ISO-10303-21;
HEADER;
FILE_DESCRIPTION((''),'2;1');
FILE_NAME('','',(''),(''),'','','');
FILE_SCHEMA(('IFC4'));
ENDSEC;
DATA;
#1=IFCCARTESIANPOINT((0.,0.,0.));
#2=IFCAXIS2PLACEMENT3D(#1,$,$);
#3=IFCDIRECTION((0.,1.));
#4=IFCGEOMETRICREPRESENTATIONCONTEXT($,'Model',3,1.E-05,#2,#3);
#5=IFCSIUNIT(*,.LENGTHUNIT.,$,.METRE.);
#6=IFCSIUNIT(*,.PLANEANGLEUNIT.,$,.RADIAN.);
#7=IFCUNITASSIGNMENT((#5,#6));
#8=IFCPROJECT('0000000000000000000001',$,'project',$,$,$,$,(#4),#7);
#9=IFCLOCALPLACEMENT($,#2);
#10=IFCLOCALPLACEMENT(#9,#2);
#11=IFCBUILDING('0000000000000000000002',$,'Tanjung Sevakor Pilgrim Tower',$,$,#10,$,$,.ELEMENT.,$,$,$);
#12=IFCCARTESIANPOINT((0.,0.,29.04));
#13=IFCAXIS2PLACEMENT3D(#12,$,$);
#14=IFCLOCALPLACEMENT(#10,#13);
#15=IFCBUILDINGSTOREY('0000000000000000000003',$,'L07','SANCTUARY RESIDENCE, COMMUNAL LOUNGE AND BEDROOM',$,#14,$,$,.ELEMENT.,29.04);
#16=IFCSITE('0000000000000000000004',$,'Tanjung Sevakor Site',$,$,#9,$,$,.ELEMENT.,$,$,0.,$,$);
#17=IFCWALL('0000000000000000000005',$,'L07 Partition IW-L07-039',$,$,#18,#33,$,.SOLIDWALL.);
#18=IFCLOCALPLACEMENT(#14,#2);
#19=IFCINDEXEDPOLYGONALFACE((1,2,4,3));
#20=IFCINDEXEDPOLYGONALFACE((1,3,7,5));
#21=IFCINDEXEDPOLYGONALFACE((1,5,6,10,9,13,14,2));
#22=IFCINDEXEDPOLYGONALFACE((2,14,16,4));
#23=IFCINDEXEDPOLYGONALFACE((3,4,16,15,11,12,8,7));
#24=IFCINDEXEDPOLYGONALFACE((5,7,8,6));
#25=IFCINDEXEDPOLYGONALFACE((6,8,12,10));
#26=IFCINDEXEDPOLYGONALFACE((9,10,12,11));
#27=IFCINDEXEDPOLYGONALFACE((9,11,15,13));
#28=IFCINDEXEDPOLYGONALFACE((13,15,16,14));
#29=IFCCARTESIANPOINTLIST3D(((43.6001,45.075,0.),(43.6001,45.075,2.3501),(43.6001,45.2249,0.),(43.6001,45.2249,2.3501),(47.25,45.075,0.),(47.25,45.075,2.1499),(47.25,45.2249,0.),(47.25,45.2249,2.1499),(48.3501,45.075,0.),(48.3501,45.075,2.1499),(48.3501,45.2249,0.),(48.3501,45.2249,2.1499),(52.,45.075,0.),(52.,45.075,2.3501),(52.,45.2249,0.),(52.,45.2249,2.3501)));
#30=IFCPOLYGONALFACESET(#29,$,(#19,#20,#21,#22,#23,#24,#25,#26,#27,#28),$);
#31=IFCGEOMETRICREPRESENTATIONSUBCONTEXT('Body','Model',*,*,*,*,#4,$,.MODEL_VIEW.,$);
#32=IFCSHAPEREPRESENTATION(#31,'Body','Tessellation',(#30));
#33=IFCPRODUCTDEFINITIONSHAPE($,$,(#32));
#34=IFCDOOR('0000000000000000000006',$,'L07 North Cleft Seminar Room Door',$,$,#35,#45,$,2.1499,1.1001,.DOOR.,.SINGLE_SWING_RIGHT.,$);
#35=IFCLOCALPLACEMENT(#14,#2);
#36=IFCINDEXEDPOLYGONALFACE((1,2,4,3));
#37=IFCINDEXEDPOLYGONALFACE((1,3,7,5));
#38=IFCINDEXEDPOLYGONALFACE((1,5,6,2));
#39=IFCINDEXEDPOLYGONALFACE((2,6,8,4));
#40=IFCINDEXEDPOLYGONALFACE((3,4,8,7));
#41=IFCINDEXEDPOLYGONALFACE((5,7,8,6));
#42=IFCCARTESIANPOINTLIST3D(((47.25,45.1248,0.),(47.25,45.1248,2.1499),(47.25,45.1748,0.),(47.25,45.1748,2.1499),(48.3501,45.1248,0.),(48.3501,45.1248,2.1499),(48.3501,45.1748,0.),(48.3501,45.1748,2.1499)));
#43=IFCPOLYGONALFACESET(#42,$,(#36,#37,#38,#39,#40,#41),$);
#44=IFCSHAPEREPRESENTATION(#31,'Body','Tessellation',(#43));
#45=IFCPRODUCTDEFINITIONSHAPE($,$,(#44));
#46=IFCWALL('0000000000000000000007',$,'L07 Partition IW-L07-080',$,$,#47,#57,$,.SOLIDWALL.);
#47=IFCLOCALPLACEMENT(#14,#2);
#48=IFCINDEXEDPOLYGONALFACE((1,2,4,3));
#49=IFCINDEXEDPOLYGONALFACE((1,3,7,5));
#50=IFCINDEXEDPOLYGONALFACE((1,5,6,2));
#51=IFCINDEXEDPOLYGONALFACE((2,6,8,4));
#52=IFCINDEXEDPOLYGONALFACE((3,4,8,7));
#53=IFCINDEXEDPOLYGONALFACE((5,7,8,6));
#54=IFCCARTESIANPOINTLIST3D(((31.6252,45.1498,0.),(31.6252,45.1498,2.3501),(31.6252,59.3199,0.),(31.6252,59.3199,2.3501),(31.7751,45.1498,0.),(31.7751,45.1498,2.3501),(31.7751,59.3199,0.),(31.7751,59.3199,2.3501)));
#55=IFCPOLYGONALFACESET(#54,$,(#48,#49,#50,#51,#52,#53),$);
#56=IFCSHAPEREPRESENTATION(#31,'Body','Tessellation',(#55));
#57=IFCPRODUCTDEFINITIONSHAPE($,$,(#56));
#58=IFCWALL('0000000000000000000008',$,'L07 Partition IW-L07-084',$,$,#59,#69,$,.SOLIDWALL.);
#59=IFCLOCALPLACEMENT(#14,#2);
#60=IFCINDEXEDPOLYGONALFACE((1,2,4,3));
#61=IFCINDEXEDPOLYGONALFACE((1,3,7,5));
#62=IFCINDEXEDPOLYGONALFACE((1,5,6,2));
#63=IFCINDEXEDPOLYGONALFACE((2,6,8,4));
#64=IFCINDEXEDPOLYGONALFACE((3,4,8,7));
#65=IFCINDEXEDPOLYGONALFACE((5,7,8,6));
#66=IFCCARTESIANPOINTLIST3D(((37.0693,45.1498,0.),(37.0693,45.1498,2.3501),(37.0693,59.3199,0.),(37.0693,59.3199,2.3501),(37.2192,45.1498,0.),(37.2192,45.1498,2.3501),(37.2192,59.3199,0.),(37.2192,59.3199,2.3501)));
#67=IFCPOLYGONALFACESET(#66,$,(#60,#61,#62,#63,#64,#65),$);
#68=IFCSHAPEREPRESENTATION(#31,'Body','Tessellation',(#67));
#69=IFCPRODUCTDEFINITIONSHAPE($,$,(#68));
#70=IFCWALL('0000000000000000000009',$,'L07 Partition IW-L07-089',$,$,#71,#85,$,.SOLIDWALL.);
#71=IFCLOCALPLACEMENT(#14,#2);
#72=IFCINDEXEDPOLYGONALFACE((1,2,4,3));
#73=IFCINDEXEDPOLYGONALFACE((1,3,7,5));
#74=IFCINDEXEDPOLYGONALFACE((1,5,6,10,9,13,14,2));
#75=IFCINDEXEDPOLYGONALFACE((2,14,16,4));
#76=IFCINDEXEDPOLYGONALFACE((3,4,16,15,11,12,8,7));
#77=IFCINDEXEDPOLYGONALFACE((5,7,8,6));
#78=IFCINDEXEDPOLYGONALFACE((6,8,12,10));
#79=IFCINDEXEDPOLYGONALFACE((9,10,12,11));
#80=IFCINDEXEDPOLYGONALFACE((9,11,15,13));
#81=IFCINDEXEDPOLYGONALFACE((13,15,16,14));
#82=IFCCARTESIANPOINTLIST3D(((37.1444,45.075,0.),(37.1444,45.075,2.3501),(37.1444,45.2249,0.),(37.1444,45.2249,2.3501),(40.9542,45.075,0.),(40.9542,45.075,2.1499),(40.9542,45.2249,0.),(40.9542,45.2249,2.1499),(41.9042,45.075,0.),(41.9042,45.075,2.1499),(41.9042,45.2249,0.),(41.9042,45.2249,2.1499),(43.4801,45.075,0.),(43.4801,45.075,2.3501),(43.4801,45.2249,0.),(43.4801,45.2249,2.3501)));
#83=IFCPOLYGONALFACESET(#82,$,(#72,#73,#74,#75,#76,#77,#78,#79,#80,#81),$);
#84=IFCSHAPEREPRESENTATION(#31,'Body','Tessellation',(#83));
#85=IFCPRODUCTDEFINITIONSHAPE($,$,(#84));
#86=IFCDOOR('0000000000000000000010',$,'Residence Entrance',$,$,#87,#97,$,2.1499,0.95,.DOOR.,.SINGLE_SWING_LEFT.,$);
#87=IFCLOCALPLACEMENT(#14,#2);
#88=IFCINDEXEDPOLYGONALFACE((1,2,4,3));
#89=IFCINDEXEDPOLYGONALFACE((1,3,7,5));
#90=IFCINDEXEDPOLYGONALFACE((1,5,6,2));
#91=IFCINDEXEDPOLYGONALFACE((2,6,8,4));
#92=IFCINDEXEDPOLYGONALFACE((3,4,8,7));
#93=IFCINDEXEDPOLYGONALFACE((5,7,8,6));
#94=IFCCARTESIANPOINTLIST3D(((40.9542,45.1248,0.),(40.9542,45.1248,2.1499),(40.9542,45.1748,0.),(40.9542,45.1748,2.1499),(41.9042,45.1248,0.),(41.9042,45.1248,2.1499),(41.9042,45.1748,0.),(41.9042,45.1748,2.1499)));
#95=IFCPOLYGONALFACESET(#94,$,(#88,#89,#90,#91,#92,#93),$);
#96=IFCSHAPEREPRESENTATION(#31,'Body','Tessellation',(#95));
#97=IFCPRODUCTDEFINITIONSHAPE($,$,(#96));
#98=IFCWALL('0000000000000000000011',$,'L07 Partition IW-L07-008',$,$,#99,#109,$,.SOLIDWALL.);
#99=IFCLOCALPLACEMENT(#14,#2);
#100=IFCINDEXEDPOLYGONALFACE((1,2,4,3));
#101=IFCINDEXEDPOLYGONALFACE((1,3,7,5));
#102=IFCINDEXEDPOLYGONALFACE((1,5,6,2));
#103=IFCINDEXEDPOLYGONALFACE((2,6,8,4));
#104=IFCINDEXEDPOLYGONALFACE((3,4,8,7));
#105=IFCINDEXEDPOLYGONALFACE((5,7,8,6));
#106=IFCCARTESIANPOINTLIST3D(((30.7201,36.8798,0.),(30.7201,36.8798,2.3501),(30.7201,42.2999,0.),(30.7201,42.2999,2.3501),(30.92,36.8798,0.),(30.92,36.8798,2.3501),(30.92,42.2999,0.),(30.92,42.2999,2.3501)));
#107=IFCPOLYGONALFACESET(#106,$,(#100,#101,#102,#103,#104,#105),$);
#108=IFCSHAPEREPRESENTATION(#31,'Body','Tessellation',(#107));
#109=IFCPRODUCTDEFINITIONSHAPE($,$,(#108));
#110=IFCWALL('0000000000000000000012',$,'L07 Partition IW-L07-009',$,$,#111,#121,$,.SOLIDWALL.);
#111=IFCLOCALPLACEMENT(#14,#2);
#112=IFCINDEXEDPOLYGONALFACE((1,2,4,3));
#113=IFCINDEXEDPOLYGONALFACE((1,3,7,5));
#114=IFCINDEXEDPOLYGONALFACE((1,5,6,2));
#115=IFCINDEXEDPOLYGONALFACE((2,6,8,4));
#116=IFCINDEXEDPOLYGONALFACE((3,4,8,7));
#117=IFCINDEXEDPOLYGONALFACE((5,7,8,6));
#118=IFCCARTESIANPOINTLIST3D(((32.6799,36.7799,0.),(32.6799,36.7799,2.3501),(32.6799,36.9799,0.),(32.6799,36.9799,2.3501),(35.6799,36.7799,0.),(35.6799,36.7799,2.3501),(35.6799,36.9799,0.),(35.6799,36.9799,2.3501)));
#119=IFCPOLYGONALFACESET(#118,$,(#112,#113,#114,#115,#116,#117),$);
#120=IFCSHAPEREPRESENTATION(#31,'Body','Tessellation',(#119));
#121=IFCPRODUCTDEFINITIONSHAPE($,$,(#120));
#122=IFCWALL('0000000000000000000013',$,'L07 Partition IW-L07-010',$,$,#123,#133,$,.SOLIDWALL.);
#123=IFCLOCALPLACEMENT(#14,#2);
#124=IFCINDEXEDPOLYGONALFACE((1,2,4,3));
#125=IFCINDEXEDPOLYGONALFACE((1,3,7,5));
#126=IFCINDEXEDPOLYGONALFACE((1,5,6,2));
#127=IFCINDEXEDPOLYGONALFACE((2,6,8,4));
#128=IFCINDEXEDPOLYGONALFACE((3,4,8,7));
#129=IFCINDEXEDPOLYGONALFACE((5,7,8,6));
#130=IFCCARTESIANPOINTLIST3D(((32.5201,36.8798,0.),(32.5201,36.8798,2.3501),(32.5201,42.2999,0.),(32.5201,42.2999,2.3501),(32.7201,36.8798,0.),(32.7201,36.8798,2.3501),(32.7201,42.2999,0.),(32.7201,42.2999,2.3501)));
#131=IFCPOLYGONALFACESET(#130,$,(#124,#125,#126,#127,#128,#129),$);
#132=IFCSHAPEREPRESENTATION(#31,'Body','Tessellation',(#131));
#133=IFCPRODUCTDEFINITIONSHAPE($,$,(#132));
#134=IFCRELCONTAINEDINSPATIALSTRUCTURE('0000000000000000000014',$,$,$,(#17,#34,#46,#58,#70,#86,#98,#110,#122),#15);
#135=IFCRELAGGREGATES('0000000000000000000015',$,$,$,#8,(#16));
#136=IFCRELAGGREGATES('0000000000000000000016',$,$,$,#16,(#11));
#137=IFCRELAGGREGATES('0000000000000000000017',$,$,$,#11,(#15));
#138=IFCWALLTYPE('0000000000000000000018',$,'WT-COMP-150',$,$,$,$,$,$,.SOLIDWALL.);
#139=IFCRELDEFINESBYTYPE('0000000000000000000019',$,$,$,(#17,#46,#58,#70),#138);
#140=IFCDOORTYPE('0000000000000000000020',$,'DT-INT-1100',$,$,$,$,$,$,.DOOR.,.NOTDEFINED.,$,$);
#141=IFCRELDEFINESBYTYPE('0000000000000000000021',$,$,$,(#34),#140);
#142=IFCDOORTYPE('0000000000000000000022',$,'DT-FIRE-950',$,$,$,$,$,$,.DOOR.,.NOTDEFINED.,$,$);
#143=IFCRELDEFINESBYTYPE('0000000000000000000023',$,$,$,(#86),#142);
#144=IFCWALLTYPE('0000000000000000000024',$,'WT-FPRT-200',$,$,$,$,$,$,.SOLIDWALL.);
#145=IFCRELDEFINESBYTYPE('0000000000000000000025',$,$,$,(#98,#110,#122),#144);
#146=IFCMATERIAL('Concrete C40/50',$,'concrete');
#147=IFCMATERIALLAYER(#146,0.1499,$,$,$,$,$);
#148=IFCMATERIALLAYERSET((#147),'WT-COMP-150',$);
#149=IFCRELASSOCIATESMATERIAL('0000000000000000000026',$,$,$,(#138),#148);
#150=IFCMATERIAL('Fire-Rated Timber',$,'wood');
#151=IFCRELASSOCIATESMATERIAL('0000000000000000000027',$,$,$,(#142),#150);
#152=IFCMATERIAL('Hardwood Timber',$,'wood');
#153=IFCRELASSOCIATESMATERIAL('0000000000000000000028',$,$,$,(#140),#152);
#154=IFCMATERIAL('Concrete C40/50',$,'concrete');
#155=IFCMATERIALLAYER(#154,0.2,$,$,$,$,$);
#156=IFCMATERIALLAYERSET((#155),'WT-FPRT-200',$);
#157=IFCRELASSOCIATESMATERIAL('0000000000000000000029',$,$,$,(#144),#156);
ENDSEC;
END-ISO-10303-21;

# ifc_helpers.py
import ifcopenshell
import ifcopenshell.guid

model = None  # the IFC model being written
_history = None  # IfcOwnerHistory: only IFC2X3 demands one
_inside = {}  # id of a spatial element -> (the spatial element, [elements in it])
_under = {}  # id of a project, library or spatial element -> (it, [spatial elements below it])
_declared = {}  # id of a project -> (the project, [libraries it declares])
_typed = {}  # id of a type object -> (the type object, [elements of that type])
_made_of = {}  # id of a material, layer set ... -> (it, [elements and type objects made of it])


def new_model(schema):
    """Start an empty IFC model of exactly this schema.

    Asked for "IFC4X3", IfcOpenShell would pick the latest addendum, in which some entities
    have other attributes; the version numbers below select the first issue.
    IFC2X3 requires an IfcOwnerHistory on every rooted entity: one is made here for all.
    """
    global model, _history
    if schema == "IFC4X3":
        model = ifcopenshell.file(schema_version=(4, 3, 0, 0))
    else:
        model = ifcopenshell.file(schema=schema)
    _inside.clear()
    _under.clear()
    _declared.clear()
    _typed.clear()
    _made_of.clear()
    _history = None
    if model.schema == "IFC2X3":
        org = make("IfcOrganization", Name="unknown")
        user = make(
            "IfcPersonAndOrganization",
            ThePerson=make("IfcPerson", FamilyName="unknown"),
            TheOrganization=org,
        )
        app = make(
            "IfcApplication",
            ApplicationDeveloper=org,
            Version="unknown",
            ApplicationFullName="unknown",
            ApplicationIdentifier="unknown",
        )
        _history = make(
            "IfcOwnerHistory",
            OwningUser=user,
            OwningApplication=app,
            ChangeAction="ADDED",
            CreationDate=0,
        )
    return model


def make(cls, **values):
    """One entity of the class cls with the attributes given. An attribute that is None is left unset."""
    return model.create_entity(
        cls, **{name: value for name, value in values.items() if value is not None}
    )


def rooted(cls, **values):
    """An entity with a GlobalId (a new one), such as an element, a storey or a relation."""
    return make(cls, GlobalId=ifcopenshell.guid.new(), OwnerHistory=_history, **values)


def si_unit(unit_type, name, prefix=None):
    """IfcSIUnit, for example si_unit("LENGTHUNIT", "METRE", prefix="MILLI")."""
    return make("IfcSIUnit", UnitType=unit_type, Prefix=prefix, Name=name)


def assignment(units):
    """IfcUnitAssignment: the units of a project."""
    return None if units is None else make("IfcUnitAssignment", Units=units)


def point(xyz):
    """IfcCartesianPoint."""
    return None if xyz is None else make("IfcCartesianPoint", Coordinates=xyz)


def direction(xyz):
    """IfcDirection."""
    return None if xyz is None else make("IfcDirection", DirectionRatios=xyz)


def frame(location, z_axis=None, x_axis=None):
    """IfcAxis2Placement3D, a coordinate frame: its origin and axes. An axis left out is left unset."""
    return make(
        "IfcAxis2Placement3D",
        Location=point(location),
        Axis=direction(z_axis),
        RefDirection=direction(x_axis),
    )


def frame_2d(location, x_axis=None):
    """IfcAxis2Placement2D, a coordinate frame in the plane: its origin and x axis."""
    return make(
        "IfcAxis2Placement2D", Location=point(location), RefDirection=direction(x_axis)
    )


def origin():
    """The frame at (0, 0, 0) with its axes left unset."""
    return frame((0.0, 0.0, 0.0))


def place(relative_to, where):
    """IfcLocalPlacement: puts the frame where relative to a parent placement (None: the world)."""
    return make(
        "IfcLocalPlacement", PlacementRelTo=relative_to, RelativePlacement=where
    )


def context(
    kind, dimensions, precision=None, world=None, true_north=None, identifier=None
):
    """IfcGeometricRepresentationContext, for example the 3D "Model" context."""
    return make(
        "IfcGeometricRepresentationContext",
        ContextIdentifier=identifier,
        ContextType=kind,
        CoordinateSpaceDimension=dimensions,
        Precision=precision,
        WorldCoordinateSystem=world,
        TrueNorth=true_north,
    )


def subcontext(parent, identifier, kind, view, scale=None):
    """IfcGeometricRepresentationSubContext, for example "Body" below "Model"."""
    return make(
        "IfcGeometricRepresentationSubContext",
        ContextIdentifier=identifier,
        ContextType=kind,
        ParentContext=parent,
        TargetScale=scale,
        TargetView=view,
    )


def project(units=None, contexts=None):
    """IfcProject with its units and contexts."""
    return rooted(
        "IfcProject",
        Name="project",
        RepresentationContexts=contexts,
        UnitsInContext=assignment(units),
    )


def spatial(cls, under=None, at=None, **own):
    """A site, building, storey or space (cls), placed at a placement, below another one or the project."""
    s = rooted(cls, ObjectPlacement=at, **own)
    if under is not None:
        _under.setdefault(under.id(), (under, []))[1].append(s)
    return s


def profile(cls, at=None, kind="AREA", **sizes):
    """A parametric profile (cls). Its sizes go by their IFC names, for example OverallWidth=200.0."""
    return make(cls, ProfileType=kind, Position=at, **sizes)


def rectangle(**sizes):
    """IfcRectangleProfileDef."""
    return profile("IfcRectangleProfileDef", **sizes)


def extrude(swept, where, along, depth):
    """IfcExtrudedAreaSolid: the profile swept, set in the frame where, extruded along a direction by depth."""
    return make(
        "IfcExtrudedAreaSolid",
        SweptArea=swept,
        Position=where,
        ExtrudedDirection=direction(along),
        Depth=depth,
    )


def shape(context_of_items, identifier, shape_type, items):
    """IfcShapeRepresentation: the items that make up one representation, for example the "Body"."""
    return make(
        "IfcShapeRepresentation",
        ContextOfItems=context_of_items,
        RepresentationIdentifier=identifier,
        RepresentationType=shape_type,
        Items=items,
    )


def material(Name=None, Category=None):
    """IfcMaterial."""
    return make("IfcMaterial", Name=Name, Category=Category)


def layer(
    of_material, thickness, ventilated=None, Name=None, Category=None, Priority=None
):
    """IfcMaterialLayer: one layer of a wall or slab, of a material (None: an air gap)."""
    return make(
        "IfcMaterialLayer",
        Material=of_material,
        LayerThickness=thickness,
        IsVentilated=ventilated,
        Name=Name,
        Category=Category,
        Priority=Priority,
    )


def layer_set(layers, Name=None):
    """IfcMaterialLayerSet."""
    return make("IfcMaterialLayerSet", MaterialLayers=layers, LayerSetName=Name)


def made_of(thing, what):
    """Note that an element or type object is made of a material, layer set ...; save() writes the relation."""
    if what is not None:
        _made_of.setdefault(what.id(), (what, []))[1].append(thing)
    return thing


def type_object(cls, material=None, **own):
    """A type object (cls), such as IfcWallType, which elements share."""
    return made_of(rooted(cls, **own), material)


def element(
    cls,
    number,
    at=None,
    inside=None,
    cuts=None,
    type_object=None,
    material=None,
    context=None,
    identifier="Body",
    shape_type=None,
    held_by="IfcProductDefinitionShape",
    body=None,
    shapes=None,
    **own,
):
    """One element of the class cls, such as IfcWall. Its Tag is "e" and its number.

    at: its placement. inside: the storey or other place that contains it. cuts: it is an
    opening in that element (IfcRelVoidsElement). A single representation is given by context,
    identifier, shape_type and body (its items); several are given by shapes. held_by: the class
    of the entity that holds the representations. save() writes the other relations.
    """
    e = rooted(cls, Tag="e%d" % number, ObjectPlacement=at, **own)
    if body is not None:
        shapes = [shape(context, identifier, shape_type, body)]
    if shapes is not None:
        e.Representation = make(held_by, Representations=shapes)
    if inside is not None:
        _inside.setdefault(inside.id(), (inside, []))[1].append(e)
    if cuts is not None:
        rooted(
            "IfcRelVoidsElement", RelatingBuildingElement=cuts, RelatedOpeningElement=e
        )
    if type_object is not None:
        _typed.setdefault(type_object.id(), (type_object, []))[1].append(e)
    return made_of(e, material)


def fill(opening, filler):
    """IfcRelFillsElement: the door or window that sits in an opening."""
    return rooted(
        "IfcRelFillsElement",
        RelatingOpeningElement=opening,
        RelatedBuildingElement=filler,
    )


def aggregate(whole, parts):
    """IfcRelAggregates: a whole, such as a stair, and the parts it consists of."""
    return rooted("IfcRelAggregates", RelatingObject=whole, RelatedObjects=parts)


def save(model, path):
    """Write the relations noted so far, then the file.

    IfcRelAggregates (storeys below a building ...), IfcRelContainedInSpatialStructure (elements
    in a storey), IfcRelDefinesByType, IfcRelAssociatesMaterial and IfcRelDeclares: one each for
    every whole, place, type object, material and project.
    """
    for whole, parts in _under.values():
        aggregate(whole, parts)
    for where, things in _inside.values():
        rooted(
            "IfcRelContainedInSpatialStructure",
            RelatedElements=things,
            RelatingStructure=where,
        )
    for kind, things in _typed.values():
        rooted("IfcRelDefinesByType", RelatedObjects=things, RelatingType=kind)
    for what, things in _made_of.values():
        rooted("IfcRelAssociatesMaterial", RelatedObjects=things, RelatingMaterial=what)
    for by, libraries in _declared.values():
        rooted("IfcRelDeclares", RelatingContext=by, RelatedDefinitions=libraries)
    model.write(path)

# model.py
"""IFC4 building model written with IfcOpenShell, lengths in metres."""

from ifc_helpers import new_model, si_unit, direction, frame, frame_2d, origin, place, context, subcontext, project, spatial, rectangle, extrude, material, layer, layer_set, type_object, element, fill, save


model = new_model("IFC4")

# Units and contexts
model_context = context("Model", 3, precision=1e-05, world=origin(), true_north=direction((0.0, 1.0)))
body_context = subcontext(model_context, "Body", "Model", "MODEL_VIEW")
ifc_project = project(units=[si_unit("LENGTHUNIT", "METRE"), si_unit("PLANEANGLEUNIT", "RADIAN")], contexts=[model_context])

# Site, building, storey
site_placement = place(None, origin())
site = spatial("IfcSite", under=ifc_project, at=site_placement, Name="Tanjung Sevakor Site", CompositionType="ELEMENT", RefElevation=0.0)
building_placement = place(site_placement, origin())
building = spatial("IfcBuilding", under=site, at=building_placement, Name="Tanjung Sevakor Pilgrim Tower", CompositionType="ELEMENT")
storey_placement = place(building_placement, frame((0.0, 0.0, 29.04)))
storey = spatial("IfcBuildingStorey", under=building, at=storey_placement, Name="L07", Description="SANCTUARY RESIDENCE, COMMUNAL LOUNGE AND BEDROOM", CompositionType="ELEMENT", Elevation=29.04)

# Shared definitions
ifc_material_1 = material(Name="Concrete C40/50", Category="concrete")
ifc_layer_1 = layer(ifc_material_1, 0.1499)
ifc_layer_set_1 = layer_set([ifc_layer_1], Name="WT-COMP-150")
wall_type_1 = type_object("IfcWallType", Name="WT-COMP-150", PredefinedType="SOLIDWALL", material=ifc_layer_set_1)

# Shared definitions
ifc_material_2 = material(Name="Fire-Rated Timber", Category="wood")
door_type_1 = type_object("IfcDoorType", Name="DT-FIRE-950", OperationType="NOTDEFINED", PredefinedType="DOOR", material=ifc_material_2)

# Wall, opening, door
wall_1_placement = place(storey_placement, frame((43.6001, 45.1499, 0.0), z_axis=(0.0, 0.0, 1.0), x_axis=(1.0, 0.0, 0.0)))
wall_1 = element("IfcWall", 1, at=wall_1_placement, inside=storey, type_object=wall_type_1, Name="L07 Partition IW-L07-039", PredefinedType="SOLIDWALL", context=body_context, shape_type="SweptSolid", body=[
    extrude(rectangle(XDim=8.3999, YDim=0.1499, at=frame_2d((4.2, 0.0))), origin(), (0.0, 0.0, 1.0), 2.3501),
])
opening_1_placement = place(wall_1_placement, frame((3.6499, 0.0, 0.0)))
opening_1 = element("IfcOpeningElement", 2, at=opening_1_placement, cuts=wall_1, PredefinedType="OPENING", context=body_context, shape_type="SweptSolid", body=[
    extrude(rectangle(XDim=1.1001, YDim=2.1499, at=frame_2d((0.55, 1.075))), frame((0.0, 0.085, 0.0), z_axis=(0.0, -1.0, 0.0), x_axis=(1.0, 0.0, 0.0)), (0.0, 0.0, 1.0), 0.1699),
])
ifc_material_3 = material(Name="Hardwood Timber", Category="wood")
door_type_2 = type_object("IfcDoorType", Name="DT-INT-1100", OperationType="NOTDEFINED", PredefinedType="DOOR", material=ifc_material_3)
door_1_placement = place(opening_1_placement, origin())
door_1 = element("IfcDoor", 3, at=door_1_placement, inside=storey, type_object=door_type_2, Name="L07 North Cleft Seminar Room Door", OperationType="SINGLE_SWING_RIGHT", OverallHeight=2.1499, OverallWidth=1.1001, PredefinedType="DOOR", context=body_context, shape_type="SweptSolid", body=[
    extrude(rectangle(XDim=1.1001, YDim=2.1499, at=frame_2d((0.55, 1.075))), frame((0.0, 0.0249, 0.0), z_axis=(0.0, -1.0, 0.0), x_axis=(1.0, 0.0, 0.0)), (0.0, 0.0, 1.0), 0.05),
])
fill(opening_1, door_1)

# Walls
for number, where, z_axis, x_axis, name in (
    (4, (31.7002, 45.1499, 0.0), (0.0, 0.0, 1.0), (0.0, 1.0, 0.0), "L07 Partition IW-L07-080"),
    (5, (37.1443, 45.1499, 0.0), (0.0, 0.0, 1.0), (0.0, 1.0, 0.0), "L07 Partition IW-L07-084"),
):
    element("IfcWall", number, at=place(storey_placement, frame(where, z_axis=z_axis, x_axis=x_axis)), inside=storey, type_object=wall_type_1, Name=name, PredefinedType="SOLIDWALL", context=body_context, shape_type="SweptSolid", body=[
        extrude(rectangle(XDim=14.1702, YDim=0.1499, at=frame_2d((7.085, 0.0))), origin(), (0.0, 0.0, 1.0), 2.3501),
    ])

# Wall, opening, door
wall_2_placement = place(storey_placement, frame((37.1443, 45.1499, 0.0), z_axis=(0.0, 0.0, 1.0), x_axis=(1.0, 0.0, 0.0)))
wall_2 = element("IfcWall", 6, at=wall_2_placement, inside=storey, type_object=wall_type_1, Name="L07 Partition IW-L07-089", PredefinedType="SOLIDWALL", context=body_context, shape_type="SweptSolid", body=[
    extrude(rectangle(XDim=6.3357, YDim=0.1499, at=frame_2d((3.168, 0.0))), origin(), (0.0, 0.0, 1.0), 2.3501),
])
opening_2_placement = place(wall_2_placement, frame((3.8098, 0.0, 0.0)))
opening_2 = element("IfcOpeningElement", 7, at=opening_2_placement, cuts=wall_2, PredefinedType="OPENING", context=body_context, shape_type="SweptSolid", body=[
    extrude(rectangle(XDim=0.95, YDim=2.1499, at=frame_2d((0.4751, 1.075))), frame((0.0, 0.085, 0.0), z_axis=(0.0, -1.0, 0.0), x_axis=(1.0, 0.0, 0.0)), (0.0, 0.0, 1.0), 0.1699),
])
door_2_placement = place(opening_2_placement, origin())
door_2 = element("IfcDoor", 8, at=door_2_placement, inside=storey, type_object=door_type_1, Name="Residence Entrance", OperationType="SINGLE_SWING_LEFT", OverallHeight=2.1499, OverallWidth=0.95, PredefinedType="DOOR", context=body_context, shape_type="SweptSolid", body=[
    extrude(rectangle(XDim=0.95, YDim=2.1499, at=frame_2d((0.4751, 1.075))), frame((0.0, 0.0249, 0.0), z_axis=(0.0, -1.0, 0.0), x_axis=(1.0, 0.0, 0.0)), (0.0, 0.0, 1.0), 0.05),
])
fill(opening_2, door_2)

# Walls
ifc_material_4 = material(Name="Concrete C40/50", Category="concrete")
ifc_layer_2 = layer(ifc_material_4, 0.2)
ifc_layer_set_2 = layer_set([ifc_layer_2], Name="WT-FPRT-200")
wall_type_2 = type_object("IfcWallType", Name="WT-FPRT-200", PredefinedType="SOLIDWALL", material=ifc_layer_set_2)
wall_3_placement = place(storey_placement, frame((30.8201, 36.8799, 0.0), z_axis=(0.0, 0.0, 1.0), x_axis=(0.0, 1.0, 0.0)))
element("IfcWall", 9, at=wall_3_placement, inside=storey, type_object=wall_type_2, Name="L07 Partition IW-L07-008", PredefinedType="SOLIDWALL", context=body_context, shape_type="SweptSolid", body=[
    extrude(rectangle(XDim=5.4202, YDim=0.2, at=frame_2d((2.71, 0.0))), origin(), (0.0, 0.0, 1.0), 2.3501),
])
wall_4_placement = place(storey_placement, frame((32.6799, 36.8799, 0.0), z_axis=(0.0, 0.0, 1.0), x_axis=(1.0, 0.0, 0.0)))
element("IfcWall", 10, at=wall_4_placement, inside=storey, type_object=wall_type_2, Name="L07 Partition IW-L07-009", PredefinedType="SOLIDWALL", context=body_context, shape_type="SweptSolid", body=[
    extrude(rectangle(XDim=3.0, YDim=0.2, at=frame_2d((1.5, 0.0))), origin(), (0.0, 0.0, 1.0), 2.3501),
])
wall_5_placement = place(storey_placement, frame((32.6201, 36.8799, 0.0), z_axis=(0.0, 0.0, 1.0), x_axis=(0.0, 1.0, 0.0)))
element("IfcWall", 11, at=wall_5_placement, inside=storey, type_object=wall_type_2, Name="L07 Partition IW-L07-010", PredefinedType="SOLIDWALL", context=body_context, shape_type="SweptSolid", body=[
    extrude(rectangle(XDim=5.4202, YDim=0.2, at=frame_2d((2.71, 0.0))), origin(), (0.0, 0.0, 1.0), 2.3501),
])

save(model, "model.ifc")
